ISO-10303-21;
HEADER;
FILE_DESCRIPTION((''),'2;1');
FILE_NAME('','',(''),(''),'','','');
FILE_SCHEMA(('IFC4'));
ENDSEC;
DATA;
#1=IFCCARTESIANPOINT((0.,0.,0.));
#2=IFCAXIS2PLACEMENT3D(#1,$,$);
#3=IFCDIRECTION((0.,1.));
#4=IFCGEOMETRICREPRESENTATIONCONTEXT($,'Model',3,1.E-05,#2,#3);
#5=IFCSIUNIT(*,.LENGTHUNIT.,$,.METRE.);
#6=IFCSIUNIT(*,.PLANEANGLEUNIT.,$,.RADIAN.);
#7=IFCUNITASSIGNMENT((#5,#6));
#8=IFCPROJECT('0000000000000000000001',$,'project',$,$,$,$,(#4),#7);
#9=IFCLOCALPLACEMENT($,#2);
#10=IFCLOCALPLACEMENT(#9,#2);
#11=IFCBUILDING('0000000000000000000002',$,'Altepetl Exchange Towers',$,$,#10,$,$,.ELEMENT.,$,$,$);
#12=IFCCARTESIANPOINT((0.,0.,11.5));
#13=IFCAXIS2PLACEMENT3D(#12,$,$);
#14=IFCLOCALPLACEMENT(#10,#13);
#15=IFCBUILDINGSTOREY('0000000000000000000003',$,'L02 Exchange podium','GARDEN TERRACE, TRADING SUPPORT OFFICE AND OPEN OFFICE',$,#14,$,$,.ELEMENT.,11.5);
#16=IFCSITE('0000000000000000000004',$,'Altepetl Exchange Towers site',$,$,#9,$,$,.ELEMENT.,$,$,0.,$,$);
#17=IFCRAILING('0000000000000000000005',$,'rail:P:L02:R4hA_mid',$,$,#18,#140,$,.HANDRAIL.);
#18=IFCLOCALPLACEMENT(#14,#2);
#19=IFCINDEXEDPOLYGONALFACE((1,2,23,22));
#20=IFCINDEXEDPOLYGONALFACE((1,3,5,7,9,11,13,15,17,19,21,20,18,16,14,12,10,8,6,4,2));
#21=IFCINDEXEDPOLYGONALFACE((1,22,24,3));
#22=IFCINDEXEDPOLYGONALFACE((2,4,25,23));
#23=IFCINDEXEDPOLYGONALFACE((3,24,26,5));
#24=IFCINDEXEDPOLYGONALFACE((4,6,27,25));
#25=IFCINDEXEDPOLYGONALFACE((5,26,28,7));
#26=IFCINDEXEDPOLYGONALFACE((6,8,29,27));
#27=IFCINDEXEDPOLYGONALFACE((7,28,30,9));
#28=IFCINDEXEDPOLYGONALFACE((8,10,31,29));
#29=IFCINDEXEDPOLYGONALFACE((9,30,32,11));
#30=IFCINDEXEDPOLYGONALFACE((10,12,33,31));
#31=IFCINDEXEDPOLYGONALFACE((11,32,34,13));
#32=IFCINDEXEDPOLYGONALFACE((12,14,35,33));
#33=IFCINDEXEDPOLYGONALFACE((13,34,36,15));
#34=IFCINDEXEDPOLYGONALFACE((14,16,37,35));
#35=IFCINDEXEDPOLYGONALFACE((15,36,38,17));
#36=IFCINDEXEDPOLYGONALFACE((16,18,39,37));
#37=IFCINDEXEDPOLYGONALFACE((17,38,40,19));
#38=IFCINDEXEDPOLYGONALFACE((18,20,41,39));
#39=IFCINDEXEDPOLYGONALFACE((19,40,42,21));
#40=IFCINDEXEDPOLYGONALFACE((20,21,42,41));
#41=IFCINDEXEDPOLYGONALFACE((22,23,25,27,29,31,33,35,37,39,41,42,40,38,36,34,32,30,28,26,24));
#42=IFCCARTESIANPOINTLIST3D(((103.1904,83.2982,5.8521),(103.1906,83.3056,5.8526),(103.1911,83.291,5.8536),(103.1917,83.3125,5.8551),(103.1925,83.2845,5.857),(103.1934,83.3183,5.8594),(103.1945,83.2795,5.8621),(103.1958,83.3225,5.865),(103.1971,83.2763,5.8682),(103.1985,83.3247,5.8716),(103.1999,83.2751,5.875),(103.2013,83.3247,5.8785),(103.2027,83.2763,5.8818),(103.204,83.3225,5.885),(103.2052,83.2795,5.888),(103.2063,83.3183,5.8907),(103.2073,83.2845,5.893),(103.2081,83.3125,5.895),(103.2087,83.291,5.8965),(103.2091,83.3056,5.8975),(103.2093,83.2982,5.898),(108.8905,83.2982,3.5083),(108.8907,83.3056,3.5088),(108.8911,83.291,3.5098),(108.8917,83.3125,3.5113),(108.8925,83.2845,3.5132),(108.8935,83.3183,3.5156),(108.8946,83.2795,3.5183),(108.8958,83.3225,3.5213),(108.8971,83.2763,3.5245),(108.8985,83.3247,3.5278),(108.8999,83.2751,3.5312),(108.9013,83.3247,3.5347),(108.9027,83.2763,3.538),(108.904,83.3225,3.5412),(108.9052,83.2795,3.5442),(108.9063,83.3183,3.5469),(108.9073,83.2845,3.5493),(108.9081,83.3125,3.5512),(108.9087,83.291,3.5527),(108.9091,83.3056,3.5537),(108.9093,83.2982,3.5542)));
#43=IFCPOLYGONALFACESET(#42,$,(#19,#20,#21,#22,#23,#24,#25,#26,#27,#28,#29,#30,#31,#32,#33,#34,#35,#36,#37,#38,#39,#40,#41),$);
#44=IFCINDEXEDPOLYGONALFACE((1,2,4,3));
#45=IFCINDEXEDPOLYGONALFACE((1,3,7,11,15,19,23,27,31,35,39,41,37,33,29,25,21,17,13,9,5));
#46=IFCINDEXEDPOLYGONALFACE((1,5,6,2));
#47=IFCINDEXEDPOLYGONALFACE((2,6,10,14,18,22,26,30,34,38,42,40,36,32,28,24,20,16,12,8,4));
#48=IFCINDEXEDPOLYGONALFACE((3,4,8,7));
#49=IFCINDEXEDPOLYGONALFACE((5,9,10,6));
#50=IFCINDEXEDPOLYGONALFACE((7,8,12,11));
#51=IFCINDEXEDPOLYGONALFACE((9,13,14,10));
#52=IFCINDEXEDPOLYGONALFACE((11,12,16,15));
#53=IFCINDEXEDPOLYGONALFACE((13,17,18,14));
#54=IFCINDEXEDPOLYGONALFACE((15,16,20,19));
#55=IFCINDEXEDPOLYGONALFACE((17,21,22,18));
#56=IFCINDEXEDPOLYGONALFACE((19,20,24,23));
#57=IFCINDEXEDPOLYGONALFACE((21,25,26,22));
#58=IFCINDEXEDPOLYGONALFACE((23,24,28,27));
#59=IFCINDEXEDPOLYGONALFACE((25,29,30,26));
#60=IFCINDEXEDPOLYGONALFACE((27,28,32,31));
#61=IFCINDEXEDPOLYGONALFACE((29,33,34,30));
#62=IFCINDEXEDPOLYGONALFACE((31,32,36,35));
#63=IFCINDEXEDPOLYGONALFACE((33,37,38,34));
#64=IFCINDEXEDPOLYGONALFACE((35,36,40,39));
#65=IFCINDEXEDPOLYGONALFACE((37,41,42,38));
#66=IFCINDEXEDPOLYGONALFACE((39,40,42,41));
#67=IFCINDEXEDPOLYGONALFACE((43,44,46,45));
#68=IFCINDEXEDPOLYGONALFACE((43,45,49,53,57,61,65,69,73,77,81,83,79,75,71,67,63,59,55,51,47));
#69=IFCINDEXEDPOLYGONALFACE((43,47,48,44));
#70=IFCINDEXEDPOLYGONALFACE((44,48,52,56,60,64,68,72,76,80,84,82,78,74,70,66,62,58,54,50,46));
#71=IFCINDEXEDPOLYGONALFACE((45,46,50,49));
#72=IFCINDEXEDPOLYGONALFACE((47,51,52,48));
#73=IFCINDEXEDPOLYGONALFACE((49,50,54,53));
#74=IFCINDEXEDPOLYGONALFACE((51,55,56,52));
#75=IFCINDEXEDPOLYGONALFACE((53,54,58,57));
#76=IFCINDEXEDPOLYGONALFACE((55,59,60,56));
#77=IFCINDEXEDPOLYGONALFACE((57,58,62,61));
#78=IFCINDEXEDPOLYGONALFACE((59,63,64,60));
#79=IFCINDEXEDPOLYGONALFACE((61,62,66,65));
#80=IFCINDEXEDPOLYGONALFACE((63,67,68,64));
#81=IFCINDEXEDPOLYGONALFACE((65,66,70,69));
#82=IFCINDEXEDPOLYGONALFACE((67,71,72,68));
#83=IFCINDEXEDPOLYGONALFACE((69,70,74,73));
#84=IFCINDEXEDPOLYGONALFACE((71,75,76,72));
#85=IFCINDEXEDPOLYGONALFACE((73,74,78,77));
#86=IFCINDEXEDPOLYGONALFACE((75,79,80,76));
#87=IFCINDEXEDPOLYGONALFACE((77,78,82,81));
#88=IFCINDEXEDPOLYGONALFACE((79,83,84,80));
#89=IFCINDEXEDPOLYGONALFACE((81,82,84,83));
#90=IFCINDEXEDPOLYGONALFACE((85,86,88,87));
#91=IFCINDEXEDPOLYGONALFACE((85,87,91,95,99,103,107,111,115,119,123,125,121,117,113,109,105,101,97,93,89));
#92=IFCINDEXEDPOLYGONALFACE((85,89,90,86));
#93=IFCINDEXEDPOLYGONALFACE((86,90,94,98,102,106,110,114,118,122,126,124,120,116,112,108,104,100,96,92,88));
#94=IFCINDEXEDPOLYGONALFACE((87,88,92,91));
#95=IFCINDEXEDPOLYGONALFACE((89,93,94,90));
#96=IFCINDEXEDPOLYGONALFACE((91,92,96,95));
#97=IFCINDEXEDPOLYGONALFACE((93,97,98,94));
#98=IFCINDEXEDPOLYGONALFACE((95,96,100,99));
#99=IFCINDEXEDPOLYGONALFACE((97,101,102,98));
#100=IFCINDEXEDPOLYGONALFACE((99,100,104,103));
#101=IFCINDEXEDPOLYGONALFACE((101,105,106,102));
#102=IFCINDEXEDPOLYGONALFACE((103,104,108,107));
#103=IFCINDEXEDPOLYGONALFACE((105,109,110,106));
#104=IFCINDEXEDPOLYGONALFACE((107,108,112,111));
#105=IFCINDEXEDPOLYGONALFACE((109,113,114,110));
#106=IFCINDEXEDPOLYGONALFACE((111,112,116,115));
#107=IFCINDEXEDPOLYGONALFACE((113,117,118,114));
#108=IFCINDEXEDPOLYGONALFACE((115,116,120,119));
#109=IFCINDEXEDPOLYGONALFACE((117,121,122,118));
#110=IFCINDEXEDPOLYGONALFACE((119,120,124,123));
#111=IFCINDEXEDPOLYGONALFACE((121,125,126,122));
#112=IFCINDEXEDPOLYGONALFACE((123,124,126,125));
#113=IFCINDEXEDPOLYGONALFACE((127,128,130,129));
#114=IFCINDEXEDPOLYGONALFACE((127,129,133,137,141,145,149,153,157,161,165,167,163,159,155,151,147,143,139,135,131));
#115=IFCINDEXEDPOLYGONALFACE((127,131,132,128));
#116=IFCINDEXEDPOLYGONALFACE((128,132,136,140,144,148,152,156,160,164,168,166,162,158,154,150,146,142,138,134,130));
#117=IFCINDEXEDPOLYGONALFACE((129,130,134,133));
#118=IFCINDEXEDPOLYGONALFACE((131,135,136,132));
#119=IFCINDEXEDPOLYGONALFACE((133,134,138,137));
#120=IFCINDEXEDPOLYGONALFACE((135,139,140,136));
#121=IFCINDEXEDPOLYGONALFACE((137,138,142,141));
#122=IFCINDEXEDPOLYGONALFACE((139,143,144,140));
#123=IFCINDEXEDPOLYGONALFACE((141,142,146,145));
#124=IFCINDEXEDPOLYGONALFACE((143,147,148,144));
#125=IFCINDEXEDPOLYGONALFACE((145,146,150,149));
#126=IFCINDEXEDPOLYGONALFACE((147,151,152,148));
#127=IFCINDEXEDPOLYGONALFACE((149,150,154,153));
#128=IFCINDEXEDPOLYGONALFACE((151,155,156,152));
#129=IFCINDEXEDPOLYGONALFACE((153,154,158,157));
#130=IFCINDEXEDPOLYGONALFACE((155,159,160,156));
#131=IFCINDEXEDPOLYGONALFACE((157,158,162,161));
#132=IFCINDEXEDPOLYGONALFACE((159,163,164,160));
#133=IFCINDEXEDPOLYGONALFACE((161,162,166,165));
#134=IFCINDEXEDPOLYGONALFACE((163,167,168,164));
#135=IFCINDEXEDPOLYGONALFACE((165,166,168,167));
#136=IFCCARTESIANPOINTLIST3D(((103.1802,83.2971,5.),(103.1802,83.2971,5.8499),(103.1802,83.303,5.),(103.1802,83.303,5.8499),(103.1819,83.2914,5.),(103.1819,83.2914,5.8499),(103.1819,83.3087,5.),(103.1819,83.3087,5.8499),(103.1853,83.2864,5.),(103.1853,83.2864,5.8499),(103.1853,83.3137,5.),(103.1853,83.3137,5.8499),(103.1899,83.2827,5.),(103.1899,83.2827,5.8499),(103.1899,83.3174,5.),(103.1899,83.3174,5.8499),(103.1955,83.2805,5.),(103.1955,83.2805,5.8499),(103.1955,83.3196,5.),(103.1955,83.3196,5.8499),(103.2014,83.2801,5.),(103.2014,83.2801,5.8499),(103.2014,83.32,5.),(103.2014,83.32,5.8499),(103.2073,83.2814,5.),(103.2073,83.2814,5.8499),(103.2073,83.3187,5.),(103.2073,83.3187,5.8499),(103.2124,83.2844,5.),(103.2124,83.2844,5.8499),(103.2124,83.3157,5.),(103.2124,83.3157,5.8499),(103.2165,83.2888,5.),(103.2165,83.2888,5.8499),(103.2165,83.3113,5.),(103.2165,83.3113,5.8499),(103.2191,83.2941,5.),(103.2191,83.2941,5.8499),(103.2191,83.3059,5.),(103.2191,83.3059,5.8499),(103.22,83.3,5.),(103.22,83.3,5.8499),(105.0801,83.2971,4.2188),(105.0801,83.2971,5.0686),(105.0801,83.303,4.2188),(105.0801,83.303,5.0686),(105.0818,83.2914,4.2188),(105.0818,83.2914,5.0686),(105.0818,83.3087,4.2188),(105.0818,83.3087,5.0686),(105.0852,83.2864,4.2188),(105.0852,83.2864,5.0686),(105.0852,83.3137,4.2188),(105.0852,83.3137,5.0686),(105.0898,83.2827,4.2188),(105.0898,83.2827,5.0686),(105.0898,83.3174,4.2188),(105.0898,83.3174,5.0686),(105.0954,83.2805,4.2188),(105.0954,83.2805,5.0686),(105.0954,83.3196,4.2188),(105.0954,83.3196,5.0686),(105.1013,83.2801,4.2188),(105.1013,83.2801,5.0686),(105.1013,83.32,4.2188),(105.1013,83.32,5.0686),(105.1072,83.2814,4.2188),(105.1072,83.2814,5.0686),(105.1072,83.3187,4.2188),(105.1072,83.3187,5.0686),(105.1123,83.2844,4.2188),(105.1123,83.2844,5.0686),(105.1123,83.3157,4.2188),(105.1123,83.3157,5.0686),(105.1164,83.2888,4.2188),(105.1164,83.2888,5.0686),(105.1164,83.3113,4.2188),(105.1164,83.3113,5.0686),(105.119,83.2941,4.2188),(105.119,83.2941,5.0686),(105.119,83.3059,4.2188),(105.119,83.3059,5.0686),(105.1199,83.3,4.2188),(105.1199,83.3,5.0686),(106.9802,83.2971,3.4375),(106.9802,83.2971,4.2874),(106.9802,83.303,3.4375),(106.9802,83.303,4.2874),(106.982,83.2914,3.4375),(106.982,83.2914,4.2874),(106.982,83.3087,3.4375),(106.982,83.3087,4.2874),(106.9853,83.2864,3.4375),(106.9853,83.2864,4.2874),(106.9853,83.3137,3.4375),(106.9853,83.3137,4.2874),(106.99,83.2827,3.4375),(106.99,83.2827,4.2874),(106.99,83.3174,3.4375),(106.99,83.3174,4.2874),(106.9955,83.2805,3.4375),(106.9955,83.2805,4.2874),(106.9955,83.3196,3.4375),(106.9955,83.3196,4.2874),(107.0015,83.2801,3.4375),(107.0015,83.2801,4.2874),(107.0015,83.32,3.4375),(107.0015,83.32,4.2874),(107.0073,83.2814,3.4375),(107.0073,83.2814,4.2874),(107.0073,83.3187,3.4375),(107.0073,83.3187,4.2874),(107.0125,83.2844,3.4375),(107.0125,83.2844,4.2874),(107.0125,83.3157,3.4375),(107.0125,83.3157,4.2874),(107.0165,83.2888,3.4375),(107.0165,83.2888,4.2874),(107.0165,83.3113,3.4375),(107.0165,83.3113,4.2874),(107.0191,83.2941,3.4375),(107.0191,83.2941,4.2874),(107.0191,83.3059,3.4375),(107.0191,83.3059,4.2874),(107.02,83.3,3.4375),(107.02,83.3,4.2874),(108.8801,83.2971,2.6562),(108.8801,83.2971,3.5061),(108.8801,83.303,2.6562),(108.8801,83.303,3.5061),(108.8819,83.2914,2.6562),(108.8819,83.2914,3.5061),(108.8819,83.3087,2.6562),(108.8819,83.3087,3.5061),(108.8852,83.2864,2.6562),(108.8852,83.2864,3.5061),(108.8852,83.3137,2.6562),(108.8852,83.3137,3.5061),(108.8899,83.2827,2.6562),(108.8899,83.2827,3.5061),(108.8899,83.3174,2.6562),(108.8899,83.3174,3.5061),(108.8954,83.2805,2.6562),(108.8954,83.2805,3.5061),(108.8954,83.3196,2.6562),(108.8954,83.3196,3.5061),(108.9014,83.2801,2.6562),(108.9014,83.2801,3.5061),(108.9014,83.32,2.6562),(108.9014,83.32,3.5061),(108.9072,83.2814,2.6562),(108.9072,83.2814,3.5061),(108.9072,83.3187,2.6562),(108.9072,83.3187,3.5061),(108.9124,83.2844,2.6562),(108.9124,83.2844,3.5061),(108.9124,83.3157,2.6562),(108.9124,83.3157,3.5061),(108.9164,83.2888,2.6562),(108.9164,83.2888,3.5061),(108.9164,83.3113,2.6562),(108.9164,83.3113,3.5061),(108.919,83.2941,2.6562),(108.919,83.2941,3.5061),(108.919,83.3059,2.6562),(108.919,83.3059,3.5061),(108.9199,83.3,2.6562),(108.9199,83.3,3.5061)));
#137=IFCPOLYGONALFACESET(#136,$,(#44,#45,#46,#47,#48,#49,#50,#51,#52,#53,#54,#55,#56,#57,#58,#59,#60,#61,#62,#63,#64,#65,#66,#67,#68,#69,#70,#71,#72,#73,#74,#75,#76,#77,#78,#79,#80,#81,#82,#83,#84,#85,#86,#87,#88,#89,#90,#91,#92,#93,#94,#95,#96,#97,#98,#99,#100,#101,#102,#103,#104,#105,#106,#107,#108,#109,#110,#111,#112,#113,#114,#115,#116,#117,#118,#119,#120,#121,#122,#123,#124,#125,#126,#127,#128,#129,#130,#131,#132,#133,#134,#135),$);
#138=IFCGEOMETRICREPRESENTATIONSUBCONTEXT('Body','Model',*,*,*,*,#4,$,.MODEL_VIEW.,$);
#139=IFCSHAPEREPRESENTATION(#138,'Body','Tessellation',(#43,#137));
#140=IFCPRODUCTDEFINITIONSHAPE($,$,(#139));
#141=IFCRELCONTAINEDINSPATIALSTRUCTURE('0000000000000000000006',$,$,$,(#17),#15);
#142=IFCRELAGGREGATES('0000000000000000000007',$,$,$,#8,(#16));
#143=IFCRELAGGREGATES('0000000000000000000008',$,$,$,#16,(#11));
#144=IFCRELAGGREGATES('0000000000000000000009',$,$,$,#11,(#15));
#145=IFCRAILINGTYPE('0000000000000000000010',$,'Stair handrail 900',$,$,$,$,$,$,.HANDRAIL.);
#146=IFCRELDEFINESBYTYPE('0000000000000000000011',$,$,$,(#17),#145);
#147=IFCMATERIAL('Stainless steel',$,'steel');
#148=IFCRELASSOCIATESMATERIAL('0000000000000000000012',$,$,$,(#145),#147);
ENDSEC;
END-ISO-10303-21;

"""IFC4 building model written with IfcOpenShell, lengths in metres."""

from ifc_helpers import new_model, si_unit, direction, frame, origin, origin_2d, place, context, subcontext, project, spatial, circle, extrude, source, transform, mapped, material, type_object, element, save


model = new_model("IFC4")

# Units and contexts
model_context = context("Model", 3, precision=1e-05, world=origin(), true_north=direction((0.0, 1.0)))
body_context = subcontext(model_context, "Body", "Model", "MODEL_VIEW")
ifc_project = project(units=[si_unit("LENGTHUNIT", "METRE"), si_unit("PLANEANGLEUNIT", "RADIAN")], contexts=[model_context])

# Site, building, storey
site_placement = place(None, origin())
site = spatial("IfcSite", under=ifc_project, at=site_placement, Name="Altepetl Exchange Towers site", CompositionType="ELEMENT", RefElevation=0.0)
building_placement = place(site_placement, origin())
building = spatial("IfcBuilding", under=site, at=building_placement, Name="Altepetl Exchange Towers", CompositionType="ELEMENT")
storey_placement = place(building_placement, frame((0.0, 0.0, 11.5)))
storey = spatial("IfcBuildingStorey", under=building, at=storey_placement, Name="L02 Exchange podium", Description="GARDEN TERRACE, TRADING SUPPORT OFFICE AND OPEN OFFICE", CompositionType="ELEMENT", Elevation=11.5)

# Railing
ifc_material_1 = material(Name="Stainless steel", Category="steel")
railing_type_1 = type_object("IfcRailingType", Name="Stair handrail 900", PredefinedType="HANDRAIL", material=ifc_material_1)
shared_shape_1 = source(origin(), body_context, "Body", "SweptSolid", [
    extrude(circle(Radius=0.02, at=origin_2d()), origin(), (0.0, 0.0, 1.0), 0.8499),
])
for number, where, name in (
    (1, (108.8999, 83.3, 2.6562), "rail:P:L02:R4hA_mid"),
):
    element("IfcRailing", number, at=place(storey_placement, frame(where)), inside=storey, type_object=railing_type_1, Name=name, PredefinedType="HANDRAIL", context=body_context, shape_type="SweptSolid", body=[
        extrude(circle(Radius=0.0249, at=origin_2d()), frame((0.0, 0.0, 0.875), z_axis=(-0.924866, 0.0, 0.380293), x_axis=(0.0, -1.0, 0.0)), (0.0, 0.0, 1.0), 6.1631),
        mapped(shared_shape_1, transform((0.0, 0.0, 0.0))),
        mapped(shared_shape_1, transform((-1.8999, 0.0, 0.7812))),
        mapped(shared_shape_1, transform((-3.8, 0.0, 1.5625))),
        mapped(shared_shape_1, transform((-5.7, 0.0, 2.3438))),
    ])

save(model, "model.ifc")
